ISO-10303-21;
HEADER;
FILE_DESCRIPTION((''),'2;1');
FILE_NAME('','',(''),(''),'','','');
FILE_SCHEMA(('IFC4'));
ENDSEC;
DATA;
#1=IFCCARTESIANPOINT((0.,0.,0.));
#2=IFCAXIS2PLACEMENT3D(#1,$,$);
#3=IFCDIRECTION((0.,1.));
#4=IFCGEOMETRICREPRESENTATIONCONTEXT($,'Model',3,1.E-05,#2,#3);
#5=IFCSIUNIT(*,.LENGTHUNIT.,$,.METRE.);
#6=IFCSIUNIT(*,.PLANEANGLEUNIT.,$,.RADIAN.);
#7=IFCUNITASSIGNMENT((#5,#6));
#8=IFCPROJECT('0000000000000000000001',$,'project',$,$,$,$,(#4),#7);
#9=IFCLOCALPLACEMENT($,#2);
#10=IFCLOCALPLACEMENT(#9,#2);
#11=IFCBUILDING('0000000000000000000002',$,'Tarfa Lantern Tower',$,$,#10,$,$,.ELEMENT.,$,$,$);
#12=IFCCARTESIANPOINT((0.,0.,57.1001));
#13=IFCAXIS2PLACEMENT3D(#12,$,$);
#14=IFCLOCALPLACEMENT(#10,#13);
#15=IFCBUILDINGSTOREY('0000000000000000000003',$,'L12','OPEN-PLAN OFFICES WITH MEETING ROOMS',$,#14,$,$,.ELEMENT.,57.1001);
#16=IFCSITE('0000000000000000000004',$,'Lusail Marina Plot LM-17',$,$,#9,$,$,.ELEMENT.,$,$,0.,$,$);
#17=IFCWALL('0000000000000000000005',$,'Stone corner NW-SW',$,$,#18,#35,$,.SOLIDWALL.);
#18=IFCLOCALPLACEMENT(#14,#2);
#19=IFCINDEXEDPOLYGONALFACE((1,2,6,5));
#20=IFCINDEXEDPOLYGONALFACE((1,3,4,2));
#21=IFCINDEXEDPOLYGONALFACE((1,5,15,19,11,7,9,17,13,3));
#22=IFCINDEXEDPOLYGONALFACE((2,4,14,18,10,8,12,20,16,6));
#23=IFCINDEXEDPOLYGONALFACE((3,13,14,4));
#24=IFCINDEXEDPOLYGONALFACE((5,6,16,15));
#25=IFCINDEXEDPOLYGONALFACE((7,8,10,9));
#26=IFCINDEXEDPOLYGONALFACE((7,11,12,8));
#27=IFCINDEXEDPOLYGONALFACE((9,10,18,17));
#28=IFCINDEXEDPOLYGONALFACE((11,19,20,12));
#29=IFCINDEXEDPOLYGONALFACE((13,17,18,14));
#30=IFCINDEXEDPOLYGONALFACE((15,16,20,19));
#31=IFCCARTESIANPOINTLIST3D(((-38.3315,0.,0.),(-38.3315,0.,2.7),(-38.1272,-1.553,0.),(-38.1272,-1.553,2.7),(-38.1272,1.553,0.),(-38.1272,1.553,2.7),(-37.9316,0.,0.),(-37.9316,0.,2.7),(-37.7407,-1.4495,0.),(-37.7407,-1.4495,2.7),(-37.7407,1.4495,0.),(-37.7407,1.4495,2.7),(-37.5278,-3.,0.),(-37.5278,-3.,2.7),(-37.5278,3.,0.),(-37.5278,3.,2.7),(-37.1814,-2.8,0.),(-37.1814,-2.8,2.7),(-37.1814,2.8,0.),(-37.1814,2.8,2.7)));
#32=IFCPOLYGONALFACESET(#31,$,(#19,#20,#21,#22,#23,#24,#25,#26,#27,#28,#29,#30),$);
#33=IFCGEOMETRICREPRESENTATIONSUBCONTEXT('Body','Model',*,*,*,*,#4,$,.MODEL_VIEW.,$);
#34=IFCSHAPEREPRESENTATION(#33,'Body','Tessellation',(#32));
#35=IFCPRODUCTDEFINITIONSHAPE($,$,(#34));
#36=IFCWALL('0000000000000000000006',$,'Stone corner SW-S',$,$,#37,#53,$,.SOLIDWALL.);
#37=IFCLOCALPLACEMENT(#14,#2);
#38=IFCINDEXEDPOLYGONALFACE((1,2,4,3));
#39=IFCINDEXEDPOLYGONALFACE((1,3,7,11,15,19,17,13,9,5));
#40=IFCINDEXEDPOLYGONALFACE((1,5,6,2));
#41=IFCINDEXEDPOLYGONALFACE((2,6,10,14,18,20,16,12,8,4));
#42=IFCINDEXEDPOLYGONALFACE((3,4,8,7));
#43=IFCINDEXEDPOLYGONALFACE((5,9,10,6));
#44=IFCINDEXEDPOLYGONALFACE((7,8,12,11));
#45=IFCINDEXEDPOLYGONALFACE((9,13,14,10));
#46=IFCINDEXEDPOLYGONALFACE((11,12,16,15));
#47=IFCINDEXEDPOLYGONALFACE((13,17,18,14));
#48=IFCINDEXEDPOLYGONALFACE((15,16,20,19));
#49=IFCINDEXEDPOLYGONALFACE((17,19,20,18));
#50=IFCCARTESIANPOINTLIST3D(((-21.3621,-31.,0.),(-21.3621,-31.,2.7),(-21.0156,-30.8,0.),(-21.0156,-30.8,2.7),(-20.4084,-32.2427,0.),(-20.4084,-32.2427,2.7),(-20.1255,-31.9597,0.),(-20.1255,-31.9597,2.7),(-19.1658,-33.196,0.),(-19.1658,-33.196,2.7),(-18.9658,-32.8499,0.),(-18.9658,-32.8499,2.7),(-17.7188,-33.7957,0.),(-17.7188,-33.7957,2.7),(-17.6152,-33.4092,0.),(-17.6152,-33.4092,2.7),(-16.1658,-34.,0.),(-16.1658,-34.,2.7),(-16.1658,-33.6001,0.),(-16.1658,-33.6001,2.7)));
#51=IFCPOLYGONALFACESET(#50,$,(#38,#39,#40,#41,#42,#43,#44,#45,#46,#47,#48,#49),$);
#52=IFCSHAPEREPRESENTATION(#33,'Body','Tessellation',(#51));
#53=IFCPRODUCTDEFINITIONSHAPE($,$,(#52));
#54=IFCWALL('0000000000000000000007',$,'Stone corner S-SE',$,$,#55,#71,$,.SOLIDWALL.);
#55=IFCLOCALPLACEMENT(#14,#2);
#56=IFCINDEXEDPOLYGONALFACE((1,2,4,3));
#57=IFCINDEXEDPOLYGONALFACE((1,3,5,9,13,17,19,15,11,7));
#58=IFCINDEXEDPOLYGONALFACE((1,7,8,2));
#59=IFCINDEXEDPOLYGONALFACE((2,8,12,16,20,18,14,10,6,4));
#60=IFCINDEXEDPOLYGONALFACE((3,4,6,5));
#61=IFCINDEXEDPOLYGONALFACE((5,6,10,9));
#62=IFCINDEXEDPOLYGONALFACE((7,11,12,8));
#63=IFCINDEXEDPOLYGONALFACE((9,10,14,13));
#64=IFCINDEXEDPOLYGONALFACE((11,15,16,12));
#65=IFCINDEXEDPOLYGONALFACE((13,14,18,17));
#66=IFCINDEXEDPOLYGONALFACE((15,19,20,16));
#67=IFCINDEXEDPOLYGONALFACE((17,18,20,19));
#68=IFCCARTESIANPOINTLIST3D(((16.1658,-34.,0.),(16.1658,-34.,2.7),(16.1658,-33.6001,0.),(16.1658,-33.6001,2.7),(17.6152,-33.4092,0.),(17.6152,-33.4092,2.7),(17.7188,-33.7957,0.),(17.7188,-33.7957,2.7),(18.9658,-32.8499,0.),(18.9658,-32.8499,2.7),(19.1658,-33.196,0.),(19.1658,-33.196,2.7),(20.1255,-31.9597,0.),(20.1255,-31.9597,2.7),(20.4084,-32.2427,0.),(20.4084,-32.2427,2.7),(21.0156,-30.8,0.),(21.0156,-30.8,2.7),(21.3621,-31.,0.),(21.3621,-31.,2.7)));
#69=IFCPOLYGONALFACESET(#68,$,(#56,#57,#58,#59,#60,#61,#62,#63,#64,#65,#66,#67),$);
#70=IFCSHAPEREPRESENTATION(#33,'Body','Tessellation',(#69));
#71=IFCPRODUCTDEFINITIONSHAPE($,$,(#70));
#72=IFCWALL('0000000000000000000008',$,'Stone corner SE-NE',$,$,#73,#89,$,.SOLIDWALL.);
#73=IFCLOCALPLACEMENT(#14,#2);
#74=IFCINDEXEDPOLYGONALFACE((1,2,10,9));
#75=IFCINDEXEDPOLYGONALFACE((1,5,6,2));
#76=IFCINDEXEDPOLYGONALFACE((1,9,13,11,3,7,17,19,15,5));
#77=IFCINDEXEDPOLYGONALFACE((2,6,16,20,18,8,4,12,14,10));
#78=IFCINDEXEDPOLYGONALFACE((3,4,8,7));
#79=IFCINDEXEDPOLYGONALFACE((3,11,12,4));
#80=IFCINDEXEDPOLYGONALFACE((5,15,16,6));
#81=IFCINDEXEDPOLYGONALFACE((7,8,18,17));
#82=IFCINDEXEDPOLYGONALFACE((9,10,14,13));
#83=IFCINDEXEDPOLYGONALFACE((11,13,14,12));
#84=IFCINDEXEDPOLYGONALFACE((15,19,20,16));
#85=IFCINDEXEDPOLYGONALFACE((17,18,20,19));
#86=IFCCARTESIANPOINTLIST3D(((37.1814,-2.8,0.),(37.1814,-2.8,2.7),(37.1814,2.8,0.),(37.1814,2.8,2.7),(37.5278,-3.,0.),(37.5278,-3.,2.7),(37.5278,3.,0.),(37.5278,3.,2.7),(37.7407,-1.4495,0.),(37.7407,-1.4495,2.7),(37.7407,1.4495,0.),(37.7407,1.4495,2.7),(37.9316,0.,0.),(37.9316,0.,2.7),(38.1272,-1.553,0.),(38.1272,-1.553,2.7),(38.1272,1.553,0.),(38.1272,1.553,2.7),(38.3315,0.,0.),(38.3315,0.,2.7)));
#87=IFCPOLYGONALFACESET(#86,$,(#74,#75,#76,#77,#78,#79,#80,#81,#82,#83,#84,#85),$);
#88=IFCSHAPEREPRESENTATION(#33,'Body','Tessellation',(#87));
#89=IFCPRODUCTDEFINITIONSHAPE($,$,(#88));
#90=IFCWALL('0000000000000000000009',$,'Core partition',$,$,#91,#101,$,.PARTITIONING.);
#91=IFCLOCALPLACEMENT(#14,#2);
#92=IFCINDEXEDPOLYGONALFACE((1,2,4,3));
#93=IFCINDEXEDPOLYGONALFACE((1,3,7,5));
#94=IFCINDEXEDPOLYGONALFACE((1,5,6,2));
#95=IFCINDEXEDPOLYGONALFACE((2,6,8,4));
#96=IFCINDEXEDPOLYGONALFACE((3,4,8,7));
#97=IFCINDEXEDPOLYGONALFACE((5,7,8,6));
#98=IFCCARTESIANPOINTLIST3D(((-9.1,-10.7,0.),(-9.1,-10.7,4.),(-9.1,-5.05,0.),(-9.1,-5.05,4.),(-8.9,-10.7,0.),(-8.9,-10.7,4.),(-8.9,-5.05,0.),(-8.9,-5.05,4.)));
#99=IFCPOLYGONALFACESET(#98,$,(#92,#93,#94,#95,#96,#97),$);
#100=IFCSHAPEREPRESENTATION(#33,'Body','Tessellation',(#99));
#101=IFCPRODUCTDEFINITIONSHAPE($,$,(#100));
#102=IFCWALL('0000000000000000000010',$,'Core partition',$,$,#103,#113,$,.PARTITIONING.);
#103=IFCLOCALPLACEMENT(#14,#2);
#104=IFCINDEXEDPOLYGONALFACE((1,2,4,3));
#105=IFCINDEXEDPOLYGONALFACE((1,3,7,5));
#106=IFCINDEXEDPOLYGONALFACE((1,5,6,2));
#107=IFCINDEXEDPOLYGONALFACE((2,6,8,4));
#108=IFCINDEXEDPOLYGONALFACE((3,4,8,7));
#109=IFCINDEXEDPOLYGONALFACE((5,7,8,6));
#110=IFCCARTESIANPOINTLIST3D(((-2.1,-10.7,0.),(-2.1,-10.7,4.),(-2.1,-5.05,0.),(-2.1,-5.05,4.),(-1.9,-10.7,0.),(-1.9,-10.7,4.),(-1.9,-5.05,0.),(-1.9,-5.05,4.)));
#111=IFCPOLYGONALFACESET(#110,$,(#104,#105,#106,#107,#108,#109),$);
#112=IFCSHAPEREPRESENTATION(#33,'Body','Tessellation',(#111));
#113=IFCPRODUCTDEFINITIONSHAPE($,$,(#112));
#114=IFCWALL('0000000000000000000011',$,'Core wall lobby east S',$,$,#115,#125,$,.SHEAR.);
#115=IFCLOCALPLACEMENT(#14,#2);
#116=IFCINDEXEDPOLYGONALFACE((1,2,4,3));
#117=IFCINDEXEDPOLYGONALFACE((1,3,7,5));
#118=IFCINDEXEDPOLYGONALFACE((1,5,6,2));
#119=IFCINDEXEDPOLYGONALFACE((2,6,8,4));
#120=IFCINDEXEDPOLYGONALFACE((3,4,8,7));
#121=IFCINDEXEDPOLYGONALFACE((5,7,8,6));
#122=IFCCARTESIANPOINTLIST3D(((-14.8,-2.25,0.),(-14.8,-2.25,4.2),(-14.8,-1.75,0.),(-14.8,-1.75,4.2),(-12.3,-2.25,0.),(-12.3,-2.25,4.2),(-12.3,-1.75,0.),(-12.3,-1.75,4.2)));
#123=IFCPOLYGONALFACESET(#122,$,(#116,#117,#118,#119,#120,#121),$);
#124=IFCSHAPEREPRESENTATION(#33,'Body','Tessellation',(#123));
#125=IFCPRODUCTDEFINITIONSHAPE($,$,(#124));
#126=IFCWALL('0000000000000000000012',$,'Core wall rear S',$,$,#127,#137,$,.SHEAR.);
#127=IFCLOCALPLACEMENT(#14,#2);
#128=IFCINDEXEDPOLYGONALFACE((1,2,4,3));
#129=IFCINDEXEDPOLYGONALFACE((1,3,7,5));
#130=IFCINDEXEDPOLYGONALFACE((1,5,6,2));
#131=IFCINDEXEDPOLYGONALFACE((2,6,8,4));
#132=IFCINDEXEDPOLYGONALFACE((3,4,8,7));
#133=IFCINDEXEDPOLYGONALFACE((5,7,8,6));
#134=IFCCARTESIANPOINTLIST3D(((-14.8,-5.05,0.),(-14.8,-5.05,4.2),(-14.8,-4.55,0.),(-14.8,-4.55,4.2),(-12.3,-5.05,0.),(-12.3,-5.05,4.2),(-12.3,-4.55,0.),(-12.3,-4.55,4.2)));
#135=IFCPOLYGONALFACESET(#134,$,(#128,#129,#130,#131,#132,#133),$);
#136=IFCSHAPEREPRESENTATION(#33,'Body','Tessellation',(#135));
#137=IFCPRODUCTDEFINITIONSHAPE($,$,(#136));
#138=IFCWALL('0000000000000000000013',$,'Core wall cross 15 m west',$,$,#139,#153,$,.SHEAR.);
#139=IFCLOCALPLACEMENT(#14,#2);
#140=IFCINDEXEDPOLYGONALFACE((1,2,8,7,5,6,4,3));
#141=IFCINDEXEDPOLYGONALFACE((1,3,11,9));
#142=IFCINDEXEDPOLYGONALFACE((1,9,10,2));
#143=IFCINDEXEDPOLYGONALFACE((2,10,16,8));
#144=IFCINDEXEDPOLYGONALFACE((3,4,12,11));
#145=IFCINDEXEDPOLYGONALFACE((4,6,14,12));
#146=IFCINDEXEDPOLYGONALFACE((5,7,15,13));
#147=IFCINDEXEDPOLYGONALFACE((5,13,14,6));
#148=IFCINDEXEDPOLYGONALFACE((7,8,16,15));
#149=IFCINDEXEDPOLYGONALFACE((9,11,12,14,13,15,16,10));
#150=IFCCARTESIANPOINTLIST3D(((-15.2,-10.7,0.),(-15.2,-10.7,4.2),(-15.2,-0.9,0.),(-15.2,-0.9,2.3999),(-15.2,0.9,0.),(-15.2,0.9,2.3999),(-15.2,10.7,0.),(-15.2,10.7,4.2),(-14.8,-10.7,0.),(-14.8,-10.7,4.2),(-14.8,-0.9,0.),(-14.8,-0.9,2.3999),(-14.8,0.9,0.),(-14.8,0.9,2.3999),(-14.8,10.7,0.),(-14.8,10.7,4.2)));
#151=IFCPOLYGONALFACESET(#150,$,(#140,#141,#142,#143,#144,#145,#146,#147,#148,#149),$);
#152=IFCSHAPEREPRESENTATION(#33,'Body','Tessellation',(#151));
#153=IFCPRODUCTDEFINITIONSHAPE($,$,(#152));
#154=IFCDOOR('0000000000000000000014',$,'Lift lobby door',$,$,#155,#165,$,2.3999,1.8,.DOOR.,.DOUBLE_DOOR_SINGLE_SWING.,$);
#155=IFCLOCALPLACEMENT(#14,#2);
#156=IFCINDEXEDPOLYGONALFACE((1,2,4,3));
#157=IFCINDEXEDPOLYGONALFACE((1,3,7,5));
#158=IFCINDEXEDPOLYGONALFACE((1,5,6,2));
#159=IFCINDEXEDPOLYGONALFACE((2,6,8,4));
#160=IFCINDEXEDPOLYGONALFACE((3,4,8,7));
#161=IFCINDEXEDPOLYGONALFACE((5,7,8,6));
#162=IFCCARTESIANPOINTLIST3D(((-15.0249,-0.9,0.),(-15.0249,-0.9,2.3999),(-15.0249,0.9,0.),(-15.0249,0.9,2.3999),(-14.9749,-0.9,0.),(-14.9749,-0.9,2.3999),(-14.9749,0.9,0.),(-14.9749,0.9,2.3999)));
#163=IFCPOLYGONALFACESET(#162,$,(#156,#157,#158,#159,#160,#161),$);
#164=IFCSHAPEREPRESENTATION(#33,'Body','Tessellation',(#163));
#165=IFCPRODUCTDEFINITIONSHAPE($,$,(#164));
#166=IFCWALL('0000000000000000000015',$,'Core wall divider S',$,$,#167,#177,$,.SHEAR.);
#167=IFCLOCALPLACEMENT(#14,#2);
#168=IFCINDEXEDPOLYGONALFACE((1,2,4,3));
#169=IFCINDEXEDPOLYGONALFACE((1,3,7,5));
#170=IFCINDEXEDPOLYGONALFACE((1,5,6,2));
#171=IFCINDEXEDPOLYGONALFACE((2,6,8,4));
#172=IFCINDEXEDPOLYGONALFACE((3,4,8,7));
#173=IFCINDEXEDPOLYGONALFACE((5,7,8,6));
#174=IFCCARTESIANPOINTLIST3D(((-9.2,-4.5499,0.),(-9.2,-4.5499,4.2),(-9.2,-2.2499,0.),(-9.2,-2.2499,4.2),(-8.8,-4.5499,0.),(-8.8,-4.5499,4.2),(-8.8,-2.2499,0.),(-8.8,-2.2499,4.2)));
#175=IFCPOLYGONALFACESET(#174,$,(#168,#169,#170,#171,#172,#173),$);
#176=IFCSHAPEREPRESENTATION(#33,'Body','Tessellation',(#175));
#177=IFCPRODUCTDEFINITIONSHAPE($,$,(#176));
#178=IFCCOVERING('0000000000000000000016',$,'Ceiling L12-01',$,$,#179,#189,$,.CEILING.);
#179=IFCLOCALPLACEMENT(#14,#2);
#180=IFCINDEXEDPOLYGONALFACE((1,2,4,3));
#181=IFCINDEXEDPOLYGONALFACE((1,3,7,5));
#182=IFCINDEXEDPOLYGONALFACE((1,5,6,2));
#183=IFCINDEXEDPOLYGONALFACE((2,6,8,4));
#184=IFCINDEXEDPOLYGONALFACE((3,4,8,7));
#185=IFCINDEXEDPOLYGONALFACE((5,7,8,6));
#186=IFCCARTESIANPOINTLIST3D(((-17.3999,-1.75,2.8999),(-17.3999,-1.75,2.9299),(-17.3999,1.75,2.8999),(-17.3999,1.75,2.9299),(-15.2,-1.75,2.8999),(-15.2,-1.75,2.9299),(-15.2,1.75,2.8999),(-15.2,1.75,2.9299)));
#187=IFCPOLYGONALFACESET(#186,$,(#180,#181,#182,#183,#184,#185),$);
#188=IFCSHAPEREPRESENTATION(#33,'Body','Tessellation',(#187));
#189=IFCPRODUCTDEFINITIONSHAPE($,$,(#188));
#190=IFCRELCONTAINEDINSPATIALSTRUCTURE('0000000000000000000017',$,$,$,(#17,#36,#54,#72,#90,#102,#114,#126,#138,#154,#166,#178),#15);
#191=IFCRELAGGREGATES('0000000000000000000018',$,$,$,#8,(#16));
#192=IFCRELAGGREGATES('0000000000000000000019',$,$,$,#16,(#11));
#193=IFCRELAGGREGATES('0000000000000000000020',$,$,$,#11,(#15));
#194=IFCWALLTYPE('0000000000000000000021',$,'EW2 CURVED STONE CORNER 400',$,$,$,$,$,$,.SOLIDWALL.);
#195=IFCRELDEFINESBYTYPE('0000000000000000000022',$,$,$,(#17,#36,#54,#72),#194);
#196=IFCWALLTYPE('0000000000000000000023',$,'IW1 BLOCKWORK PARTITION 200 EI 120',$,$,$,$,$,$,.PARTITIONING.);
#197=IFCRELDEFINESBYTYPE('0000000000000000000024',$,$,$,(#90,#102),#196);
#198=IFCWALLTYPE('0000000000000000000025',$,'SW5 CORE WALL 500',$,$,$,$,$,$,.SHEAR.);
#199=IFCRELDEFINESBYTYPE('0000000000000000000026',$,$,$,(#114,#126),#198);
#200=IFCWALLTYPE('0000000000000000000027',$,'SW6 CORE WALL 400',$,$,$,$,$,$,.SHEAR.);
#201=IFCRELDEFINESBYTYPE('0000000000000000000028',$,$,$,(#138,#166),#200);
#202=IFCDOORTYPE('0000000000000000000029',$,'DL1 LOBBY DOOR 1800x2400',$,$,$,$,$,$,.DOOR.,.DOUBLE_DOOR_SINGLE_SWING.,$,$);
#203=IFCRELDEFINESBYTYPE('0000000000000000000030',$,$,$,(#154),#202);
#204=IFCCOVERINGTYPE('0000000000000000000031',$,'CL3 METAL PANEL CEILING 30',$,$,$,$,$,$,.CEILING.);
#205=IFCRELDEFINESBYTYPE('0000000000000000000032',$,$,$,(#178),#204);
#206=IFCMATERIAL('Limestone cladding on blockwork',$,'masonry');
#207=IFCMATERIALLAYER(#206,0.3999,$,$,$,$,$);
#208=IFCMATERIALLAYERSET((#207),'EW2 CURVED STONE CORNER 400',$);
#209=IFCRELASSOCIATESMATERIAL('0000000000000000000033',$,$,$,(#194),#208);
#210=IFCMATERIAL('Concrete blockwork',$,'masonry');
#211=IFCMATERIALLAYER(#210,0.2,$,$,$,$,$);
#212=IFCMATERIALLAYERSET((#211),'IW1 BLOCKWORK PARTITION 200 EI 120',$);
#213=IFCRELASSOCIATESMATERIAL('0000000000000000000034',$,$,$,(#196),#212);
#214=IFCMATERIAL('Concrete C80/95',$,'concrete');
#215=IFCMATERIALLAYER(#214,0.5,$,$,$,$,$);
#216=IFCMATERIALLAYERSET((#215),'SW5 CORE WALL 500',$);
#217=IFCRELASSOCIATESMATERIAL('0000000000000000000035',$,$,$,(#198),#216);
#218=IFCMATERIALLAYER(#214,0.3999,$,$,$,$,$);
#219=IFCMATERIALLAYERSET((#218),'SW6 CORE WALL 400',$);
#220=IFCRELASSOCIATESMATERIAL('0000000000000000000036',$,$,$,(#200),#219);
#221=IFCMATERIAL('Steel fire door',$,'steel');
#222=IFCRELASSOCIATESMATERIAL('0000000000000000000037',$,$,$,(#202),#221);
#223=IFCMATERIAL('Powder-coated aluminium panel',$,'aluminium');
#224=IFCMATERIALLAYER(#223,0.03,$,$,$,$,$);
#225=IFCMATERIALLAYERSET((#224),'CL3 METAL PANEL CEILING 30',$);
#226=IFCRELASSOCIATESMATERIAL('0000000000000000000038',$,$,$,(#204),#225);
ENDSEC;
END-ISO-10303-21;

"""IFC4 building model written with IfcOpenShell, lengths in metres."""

from ifc_helpers import new_model, si_unit, direction, frame, frame_2d, origin, place, context, subcontext, project, spatial, polyline, rectangle, outline, extrude, material, layer, layer_set, type_object, element, fill, save


model = new_model("IFC4")

# Units and contexts
model_context = context("Model", 3, precision=1e-05, world=origin(), true_north=direction((0.0, 1.0)))
body_context = subcontext(model_context, "Body", "Model", "MODEL_VIEW")
ifc_project = project(units=[si_unit("LENGTHUNIT", "METRE"), si_unit("PLANEANGLEUNIT", "RADIAN")], contexts=[model_context])

# Site, building, storey
site_placement = place(None, origin())
site = spatial("IfcSite", under=ifc_project, at=site_placement, Name="Lusail Marina Plot LM-17", CompositionType="ELEMENT", RefElevation=0.0)
building_placement = place(site_placement, origin())
building = spatial("IfcBuilding", under=site, at=building_placement, Name="Tarfa Lantern Tower", CompositionType="ELEMENT")
storey_placement = place(building_placement, frame((0.0, 0.0, 57.1001)))
storey = spatial("IfcBuildingStorey", under=building, at=storey_placement, Name="L12", Description="OPEN-PLAN OFFICES WITH MEETING ROOMS", CompositionType="ELEMENT", Elevation=57.1001)

# Walls
ifc_material_1 = material(Name="Limestone cladding on blockwork", Category="masonry")
ifc_layer_1 = layer(ifc_material_1, 0.3999)
ifc_layer_set_1 = layer_set([ifc_layer_1], Name="EW2 CURVED STONE CORNER 400")
wall_type_1 = type_object("IfcWallType", Name="EW2 CURVED STONE CORNER 400", PredefinedType="SOLIDWALL", material=ifc_layer_set_1)
wall_1_placement = place(storey_placement, origin())
element("IfcWall", 1, at=wall_1_placement, inside=storey, type_object=wall_type_1, Name="Stone corner NW-SW", PredefinedType="SOLIDWALL", context=body_context, shape_type="SweptSolid", body=[
    extrude(outline(polyline([(-37.5278, 3.0), (-38.1272, 1.553), (-38.3315, 0.0), (-38.1272, -1.553), (-37.5278, -3.0), (-37.1814, -2.8), (-37.7407, -1.4495), (-37.9316, 0.0), (-37.7407, 1.4495), (-37.1814, 2.8), (-37.5278, 3.0)])), origin(), (0.0, 0.0, 1.0), 2.7),
])
wall_2_placement = place(storey_placement, origin())
element("IfcWall", 2, at=wall_2_placement, inside=storey, type_object=wall_type_1, Name="Stone corner SW-S", PredefinedType="SOLIDWALL", context=body_context, shape_type="SweptSolid", body=[
    extrude(outline(polyline([(-21.3621, -31.0), (-20.4084, -32.2427), (-19.1658, -33.196), (-17.7188, -33.7957), (-16.1658, -34.0), (-16.1658, -33.6001), (-17.6152, -33.4092), (-18.9658, -32.8499), (-20.1255, -31.9597), (-21.0156, -30.8), (-21.3621, -31.0)])), origin(), (0.0, 0.0, 1.0), 2.7),
])
wall_3_placement = place(storey_placement, origin())
element("IfcWall", 3, at=wall_3_placement, inside=storey, type_object=wall_type_1, Name="Stone corner S-SE", PredefinedType="SOLIDWALL", context=body_context, shape_type="SweptSolid", body=[
    extrude(outline(polyline([(16.1658, -34.0), (17.7188, -33.7957), (19.1658, -33.196), (20.4084, -32.2427), (21.3621, -31.0), (21.0156, -30.8), (20.1255, -31.9597), (18.9658, -32.8499), (17.6152, -33.4092), (16.1658, -33.6001), (16.1658, -34.0)])), origin(), (0.0, 0.0, 1.0), 2.7),
])
wall_4_placement = place(storey_placement, origin())
element("IfcWall", 4, at=wall_4_placement, inside=storey, type_object=wall_type_1, Name="Stone corner SE-NE", PredefinedType="SOLIDWALL", context=body_context, shape_type="SweptSolid", body=[
    extrude(outline(polyline([(37.5278, -3.0), (38.1272, -1.553), (38.3315, 0.0), (38.1272, 1.553), (37.5278, 3.0), (37.1814, 2.8), (37.7407, 1.4495), (37.9316, 0.0), (37.7407, -1.4495), (37.1814, -2.8), (37.5278, -3.0)])), origin(), (0.0, 0.0, 1.0), 2.7),
])
ifc_material_2 = material(Name="Concrete blockwork", Category="masonry")
ifc_layer_2 = layer(ifc_material_2, 0.2)
ifc_layer_set_2 = layer_set([ifc_layer_2], Name="IW1 BLOCKWORK PARTITION 200 EI 120")
wall_type_2 = type_object("IfcWallType", Name="IW1 BLOCKWORK PARTITION 200 EI 120", PredefinedType="PARTITIONING", material=ifc_layer_set_2)
for number, where, z_axis, x_axis, name in (
    (5, (-9.0, -5.05, 0.0), (0.0, 0.0, 1.0), (0.0, -1.0, 0.0), "Core partition"),
    (6, (-2.0, -5.05, 0.0), (0.0, 0.0, 1.0), (0.0, -1.0, 0.0), "Core partition"),
):
    element("IfcWall", number, at=place(storey_placement, frame(where, z_axis=z_axis, x_axis=x_axis)), inside=storey, type_object=wall_type_2, Name=name, PredefinedType="PARTITIONING", context=body_context, shape_type="SweptSolid", body=[
        extrude(rectangle(XDim=5.6499, YDim=0.2, at=frame_2d((2.825, 0.0))), origin(), (0.0, 0.0, 1.0), 4.0),
    ])
ifc_material_3 = material(Name="Concrete C80/95", Category="concrete")
ifc_layer_3 = layer(ifc_material_3, 0.5)
ifc_layer_set_3 = layer_set([ifc_layer_3], Name="SW5 CORE WALL 500")
wall_type_3 = type_object("IfcWallType", Name="SW5 CORE WALL 500", PredefinedType="SHEAR", material=ifc_layer_set_3)
for number, where, z_axis, x_axis, name in (
    (7, (-12.3, -2.0, 0.0), (0.0, 0.0, 1.0), (-1.0, 0.0, 0.0), "Core wall lobby east S"),
    (8, (-12.3, -4.8, 0.0), (0.0, 0.0, 1.0), (-1.0, 0.0, 0.0), "Core wall rear S"),
):
    element("IfcWall", number, at=place(storey_placement, frame(where, z_axis=z_axis, x_axis=x_axis)), inside=storey, type_object=wall_type_3, Name=name, PredefinedType="SHEAR", context=body_context, shape_type="SweptSolid", body=[
        extrude(rectangle(XDim=2.5, YDim=0.5, at=frame_2d((1.25, 0.0))), origin(), (0.0, 0.0, 1.0), 4.2),
    ])

# Wall, opening, door
ifc_layer_4 = layer(ifc_material_3, 0.3999)
ifc_layer_set_4 = layer_set([ifc_layer_4], Name="SW6 CORE WALL 400")
wall_type_4 = type_object("IfcWallType", Name="SW6 CORE WALL 400", PredefinedType="SHEAR", material=ifc_layer_set_4)
wall_5_placement = place(storey_placement, frame((-15.0, -10.7, 0.0), z_axis=(0.0, 0.0, 1.0), x_axis=(0.0, 1.0, 0.0)))
wall_5 = element("IfcWall", 9, at=wall_5_placement, inside=storey, type_object=wall_type_4, Name="Core wall cross 15 m west", PredefinedType="SHEAR", context=body_context, shape_type="SweptSolid", body=[
    extrude(rectangle(XDim=21.3999, YDim=0.3999, at=frame_2d((10.7, 0.0))), origin(), (0.0, 0.0, 1.0), 4.2),
])
opening_1_placement = place(wall_5_placement, frame((9.8, 0.0, 0.0)))
opening_1 = element("IfcOpeningElement", 10, at=opening_1_placement, cuts=wall_5, PredefinedType="OPENING", context=body_context, shape_type="SweptSolid", body=[
    extrude(rectangle(XDim=1.8, YDim=2.3999, at=frame_2d((0.8999, 1.2))), frame((0.0, 0.21, 0.0), z_axis=(0.0, -1.0, 0.0), x_axis=(1.0, 0.0, 0.0)), (0.0, 0.0, 1.0), 0.4199),
])
ifc_material_4 = material(Name="Steel fire door", Category="steel")
door_type = type_object("IfcDoorType", Name="DL1 LOBBY DOOR 1800x2400", OperationType="DOUBLE_DOOR_SINGLE_SWING", PredefinedType="DOOR", material=ifc_material_4)
door_1_placement = place(opening_1_placement, origin())
door_1 = element("IfcDoor", 11, at=door_1_placement, inside=storey, type_object=door_type, Name="Lift lobby door", OperationType="DOUBLE_DOOR_SINGLE_SWING", OverallHeight=2.3999, OverallWidth=1.8, PredefinedType="DOOR", context=body_context, shape_type="SweptSolid", body=[
    extrude(rectangle(XDim=1.8, YDim=2.3999, at=frame_2d((0.8999, 1.2))), frame((0.0, 0.0249, 0.0), z_axis=(0.0, -1.0, 0.0), x_axis=(1.0, 0.0, 0.0)), (0.0, 0.0, 1.0), 0.05),
])
fill(opening_1, door_1)

# Wall
wall_6_placement = place(storey_placement, frame((-9.0, -2.25, 0.0), z_axis=(0.0, 0.0, 1.0), x_axis=(0.0, -1.0, 0.0)))
element("IfcWall", 12, at=wall_6_placement, inside=storey, type_object=wall_type_4, Name="Core wall divider S", PredefinedType="SHEAR", context=body_context, shape_type="SweptSolid", body=[
    extrude(rectangle(XDim=2.3, YDim=0.3999, at=frame_2d((1.1499, 0.0))), origin(), (0.0, 0.0, 1.0), 4.2),
])

# Covering
ifc_material_5 = material(Name="Powder-coated aluminium panel", Category="aluminium")
ifc_layer_5 = layer(ifc_material_5, 0.03)
ifc_layer_set_5 = layer_set([ifc_layer_5], Name="CL3 METAL PANEL CEILING 30")
covering_type = type_object("IfcCoveringType", Name="CL3 METAL PANEL CEILING 30", PredefinedType="CEILING", material=ifc_layer_set_5)
covering_placement = place(storey_placement, frame((0.0, 0.0, 2.8999)))
element("IfcCovering", 13, at=covering_placement, inside=storey, type_object=covering_type, Name="Ceiling L12-01", PredefinedType="CEILING", context=body_context, shape_type="SweptSolid", body=[
    extrude(outline(polyline([(-17.3999, -1.75), (-15.2, -1.75), (-15.2, 1.75), (-17.3999, 1.75), (-17.3999, -1.75)])), origin(), (0.0, 0.0, 1.0), 0.03),
])

save(model, "model.ifc")
